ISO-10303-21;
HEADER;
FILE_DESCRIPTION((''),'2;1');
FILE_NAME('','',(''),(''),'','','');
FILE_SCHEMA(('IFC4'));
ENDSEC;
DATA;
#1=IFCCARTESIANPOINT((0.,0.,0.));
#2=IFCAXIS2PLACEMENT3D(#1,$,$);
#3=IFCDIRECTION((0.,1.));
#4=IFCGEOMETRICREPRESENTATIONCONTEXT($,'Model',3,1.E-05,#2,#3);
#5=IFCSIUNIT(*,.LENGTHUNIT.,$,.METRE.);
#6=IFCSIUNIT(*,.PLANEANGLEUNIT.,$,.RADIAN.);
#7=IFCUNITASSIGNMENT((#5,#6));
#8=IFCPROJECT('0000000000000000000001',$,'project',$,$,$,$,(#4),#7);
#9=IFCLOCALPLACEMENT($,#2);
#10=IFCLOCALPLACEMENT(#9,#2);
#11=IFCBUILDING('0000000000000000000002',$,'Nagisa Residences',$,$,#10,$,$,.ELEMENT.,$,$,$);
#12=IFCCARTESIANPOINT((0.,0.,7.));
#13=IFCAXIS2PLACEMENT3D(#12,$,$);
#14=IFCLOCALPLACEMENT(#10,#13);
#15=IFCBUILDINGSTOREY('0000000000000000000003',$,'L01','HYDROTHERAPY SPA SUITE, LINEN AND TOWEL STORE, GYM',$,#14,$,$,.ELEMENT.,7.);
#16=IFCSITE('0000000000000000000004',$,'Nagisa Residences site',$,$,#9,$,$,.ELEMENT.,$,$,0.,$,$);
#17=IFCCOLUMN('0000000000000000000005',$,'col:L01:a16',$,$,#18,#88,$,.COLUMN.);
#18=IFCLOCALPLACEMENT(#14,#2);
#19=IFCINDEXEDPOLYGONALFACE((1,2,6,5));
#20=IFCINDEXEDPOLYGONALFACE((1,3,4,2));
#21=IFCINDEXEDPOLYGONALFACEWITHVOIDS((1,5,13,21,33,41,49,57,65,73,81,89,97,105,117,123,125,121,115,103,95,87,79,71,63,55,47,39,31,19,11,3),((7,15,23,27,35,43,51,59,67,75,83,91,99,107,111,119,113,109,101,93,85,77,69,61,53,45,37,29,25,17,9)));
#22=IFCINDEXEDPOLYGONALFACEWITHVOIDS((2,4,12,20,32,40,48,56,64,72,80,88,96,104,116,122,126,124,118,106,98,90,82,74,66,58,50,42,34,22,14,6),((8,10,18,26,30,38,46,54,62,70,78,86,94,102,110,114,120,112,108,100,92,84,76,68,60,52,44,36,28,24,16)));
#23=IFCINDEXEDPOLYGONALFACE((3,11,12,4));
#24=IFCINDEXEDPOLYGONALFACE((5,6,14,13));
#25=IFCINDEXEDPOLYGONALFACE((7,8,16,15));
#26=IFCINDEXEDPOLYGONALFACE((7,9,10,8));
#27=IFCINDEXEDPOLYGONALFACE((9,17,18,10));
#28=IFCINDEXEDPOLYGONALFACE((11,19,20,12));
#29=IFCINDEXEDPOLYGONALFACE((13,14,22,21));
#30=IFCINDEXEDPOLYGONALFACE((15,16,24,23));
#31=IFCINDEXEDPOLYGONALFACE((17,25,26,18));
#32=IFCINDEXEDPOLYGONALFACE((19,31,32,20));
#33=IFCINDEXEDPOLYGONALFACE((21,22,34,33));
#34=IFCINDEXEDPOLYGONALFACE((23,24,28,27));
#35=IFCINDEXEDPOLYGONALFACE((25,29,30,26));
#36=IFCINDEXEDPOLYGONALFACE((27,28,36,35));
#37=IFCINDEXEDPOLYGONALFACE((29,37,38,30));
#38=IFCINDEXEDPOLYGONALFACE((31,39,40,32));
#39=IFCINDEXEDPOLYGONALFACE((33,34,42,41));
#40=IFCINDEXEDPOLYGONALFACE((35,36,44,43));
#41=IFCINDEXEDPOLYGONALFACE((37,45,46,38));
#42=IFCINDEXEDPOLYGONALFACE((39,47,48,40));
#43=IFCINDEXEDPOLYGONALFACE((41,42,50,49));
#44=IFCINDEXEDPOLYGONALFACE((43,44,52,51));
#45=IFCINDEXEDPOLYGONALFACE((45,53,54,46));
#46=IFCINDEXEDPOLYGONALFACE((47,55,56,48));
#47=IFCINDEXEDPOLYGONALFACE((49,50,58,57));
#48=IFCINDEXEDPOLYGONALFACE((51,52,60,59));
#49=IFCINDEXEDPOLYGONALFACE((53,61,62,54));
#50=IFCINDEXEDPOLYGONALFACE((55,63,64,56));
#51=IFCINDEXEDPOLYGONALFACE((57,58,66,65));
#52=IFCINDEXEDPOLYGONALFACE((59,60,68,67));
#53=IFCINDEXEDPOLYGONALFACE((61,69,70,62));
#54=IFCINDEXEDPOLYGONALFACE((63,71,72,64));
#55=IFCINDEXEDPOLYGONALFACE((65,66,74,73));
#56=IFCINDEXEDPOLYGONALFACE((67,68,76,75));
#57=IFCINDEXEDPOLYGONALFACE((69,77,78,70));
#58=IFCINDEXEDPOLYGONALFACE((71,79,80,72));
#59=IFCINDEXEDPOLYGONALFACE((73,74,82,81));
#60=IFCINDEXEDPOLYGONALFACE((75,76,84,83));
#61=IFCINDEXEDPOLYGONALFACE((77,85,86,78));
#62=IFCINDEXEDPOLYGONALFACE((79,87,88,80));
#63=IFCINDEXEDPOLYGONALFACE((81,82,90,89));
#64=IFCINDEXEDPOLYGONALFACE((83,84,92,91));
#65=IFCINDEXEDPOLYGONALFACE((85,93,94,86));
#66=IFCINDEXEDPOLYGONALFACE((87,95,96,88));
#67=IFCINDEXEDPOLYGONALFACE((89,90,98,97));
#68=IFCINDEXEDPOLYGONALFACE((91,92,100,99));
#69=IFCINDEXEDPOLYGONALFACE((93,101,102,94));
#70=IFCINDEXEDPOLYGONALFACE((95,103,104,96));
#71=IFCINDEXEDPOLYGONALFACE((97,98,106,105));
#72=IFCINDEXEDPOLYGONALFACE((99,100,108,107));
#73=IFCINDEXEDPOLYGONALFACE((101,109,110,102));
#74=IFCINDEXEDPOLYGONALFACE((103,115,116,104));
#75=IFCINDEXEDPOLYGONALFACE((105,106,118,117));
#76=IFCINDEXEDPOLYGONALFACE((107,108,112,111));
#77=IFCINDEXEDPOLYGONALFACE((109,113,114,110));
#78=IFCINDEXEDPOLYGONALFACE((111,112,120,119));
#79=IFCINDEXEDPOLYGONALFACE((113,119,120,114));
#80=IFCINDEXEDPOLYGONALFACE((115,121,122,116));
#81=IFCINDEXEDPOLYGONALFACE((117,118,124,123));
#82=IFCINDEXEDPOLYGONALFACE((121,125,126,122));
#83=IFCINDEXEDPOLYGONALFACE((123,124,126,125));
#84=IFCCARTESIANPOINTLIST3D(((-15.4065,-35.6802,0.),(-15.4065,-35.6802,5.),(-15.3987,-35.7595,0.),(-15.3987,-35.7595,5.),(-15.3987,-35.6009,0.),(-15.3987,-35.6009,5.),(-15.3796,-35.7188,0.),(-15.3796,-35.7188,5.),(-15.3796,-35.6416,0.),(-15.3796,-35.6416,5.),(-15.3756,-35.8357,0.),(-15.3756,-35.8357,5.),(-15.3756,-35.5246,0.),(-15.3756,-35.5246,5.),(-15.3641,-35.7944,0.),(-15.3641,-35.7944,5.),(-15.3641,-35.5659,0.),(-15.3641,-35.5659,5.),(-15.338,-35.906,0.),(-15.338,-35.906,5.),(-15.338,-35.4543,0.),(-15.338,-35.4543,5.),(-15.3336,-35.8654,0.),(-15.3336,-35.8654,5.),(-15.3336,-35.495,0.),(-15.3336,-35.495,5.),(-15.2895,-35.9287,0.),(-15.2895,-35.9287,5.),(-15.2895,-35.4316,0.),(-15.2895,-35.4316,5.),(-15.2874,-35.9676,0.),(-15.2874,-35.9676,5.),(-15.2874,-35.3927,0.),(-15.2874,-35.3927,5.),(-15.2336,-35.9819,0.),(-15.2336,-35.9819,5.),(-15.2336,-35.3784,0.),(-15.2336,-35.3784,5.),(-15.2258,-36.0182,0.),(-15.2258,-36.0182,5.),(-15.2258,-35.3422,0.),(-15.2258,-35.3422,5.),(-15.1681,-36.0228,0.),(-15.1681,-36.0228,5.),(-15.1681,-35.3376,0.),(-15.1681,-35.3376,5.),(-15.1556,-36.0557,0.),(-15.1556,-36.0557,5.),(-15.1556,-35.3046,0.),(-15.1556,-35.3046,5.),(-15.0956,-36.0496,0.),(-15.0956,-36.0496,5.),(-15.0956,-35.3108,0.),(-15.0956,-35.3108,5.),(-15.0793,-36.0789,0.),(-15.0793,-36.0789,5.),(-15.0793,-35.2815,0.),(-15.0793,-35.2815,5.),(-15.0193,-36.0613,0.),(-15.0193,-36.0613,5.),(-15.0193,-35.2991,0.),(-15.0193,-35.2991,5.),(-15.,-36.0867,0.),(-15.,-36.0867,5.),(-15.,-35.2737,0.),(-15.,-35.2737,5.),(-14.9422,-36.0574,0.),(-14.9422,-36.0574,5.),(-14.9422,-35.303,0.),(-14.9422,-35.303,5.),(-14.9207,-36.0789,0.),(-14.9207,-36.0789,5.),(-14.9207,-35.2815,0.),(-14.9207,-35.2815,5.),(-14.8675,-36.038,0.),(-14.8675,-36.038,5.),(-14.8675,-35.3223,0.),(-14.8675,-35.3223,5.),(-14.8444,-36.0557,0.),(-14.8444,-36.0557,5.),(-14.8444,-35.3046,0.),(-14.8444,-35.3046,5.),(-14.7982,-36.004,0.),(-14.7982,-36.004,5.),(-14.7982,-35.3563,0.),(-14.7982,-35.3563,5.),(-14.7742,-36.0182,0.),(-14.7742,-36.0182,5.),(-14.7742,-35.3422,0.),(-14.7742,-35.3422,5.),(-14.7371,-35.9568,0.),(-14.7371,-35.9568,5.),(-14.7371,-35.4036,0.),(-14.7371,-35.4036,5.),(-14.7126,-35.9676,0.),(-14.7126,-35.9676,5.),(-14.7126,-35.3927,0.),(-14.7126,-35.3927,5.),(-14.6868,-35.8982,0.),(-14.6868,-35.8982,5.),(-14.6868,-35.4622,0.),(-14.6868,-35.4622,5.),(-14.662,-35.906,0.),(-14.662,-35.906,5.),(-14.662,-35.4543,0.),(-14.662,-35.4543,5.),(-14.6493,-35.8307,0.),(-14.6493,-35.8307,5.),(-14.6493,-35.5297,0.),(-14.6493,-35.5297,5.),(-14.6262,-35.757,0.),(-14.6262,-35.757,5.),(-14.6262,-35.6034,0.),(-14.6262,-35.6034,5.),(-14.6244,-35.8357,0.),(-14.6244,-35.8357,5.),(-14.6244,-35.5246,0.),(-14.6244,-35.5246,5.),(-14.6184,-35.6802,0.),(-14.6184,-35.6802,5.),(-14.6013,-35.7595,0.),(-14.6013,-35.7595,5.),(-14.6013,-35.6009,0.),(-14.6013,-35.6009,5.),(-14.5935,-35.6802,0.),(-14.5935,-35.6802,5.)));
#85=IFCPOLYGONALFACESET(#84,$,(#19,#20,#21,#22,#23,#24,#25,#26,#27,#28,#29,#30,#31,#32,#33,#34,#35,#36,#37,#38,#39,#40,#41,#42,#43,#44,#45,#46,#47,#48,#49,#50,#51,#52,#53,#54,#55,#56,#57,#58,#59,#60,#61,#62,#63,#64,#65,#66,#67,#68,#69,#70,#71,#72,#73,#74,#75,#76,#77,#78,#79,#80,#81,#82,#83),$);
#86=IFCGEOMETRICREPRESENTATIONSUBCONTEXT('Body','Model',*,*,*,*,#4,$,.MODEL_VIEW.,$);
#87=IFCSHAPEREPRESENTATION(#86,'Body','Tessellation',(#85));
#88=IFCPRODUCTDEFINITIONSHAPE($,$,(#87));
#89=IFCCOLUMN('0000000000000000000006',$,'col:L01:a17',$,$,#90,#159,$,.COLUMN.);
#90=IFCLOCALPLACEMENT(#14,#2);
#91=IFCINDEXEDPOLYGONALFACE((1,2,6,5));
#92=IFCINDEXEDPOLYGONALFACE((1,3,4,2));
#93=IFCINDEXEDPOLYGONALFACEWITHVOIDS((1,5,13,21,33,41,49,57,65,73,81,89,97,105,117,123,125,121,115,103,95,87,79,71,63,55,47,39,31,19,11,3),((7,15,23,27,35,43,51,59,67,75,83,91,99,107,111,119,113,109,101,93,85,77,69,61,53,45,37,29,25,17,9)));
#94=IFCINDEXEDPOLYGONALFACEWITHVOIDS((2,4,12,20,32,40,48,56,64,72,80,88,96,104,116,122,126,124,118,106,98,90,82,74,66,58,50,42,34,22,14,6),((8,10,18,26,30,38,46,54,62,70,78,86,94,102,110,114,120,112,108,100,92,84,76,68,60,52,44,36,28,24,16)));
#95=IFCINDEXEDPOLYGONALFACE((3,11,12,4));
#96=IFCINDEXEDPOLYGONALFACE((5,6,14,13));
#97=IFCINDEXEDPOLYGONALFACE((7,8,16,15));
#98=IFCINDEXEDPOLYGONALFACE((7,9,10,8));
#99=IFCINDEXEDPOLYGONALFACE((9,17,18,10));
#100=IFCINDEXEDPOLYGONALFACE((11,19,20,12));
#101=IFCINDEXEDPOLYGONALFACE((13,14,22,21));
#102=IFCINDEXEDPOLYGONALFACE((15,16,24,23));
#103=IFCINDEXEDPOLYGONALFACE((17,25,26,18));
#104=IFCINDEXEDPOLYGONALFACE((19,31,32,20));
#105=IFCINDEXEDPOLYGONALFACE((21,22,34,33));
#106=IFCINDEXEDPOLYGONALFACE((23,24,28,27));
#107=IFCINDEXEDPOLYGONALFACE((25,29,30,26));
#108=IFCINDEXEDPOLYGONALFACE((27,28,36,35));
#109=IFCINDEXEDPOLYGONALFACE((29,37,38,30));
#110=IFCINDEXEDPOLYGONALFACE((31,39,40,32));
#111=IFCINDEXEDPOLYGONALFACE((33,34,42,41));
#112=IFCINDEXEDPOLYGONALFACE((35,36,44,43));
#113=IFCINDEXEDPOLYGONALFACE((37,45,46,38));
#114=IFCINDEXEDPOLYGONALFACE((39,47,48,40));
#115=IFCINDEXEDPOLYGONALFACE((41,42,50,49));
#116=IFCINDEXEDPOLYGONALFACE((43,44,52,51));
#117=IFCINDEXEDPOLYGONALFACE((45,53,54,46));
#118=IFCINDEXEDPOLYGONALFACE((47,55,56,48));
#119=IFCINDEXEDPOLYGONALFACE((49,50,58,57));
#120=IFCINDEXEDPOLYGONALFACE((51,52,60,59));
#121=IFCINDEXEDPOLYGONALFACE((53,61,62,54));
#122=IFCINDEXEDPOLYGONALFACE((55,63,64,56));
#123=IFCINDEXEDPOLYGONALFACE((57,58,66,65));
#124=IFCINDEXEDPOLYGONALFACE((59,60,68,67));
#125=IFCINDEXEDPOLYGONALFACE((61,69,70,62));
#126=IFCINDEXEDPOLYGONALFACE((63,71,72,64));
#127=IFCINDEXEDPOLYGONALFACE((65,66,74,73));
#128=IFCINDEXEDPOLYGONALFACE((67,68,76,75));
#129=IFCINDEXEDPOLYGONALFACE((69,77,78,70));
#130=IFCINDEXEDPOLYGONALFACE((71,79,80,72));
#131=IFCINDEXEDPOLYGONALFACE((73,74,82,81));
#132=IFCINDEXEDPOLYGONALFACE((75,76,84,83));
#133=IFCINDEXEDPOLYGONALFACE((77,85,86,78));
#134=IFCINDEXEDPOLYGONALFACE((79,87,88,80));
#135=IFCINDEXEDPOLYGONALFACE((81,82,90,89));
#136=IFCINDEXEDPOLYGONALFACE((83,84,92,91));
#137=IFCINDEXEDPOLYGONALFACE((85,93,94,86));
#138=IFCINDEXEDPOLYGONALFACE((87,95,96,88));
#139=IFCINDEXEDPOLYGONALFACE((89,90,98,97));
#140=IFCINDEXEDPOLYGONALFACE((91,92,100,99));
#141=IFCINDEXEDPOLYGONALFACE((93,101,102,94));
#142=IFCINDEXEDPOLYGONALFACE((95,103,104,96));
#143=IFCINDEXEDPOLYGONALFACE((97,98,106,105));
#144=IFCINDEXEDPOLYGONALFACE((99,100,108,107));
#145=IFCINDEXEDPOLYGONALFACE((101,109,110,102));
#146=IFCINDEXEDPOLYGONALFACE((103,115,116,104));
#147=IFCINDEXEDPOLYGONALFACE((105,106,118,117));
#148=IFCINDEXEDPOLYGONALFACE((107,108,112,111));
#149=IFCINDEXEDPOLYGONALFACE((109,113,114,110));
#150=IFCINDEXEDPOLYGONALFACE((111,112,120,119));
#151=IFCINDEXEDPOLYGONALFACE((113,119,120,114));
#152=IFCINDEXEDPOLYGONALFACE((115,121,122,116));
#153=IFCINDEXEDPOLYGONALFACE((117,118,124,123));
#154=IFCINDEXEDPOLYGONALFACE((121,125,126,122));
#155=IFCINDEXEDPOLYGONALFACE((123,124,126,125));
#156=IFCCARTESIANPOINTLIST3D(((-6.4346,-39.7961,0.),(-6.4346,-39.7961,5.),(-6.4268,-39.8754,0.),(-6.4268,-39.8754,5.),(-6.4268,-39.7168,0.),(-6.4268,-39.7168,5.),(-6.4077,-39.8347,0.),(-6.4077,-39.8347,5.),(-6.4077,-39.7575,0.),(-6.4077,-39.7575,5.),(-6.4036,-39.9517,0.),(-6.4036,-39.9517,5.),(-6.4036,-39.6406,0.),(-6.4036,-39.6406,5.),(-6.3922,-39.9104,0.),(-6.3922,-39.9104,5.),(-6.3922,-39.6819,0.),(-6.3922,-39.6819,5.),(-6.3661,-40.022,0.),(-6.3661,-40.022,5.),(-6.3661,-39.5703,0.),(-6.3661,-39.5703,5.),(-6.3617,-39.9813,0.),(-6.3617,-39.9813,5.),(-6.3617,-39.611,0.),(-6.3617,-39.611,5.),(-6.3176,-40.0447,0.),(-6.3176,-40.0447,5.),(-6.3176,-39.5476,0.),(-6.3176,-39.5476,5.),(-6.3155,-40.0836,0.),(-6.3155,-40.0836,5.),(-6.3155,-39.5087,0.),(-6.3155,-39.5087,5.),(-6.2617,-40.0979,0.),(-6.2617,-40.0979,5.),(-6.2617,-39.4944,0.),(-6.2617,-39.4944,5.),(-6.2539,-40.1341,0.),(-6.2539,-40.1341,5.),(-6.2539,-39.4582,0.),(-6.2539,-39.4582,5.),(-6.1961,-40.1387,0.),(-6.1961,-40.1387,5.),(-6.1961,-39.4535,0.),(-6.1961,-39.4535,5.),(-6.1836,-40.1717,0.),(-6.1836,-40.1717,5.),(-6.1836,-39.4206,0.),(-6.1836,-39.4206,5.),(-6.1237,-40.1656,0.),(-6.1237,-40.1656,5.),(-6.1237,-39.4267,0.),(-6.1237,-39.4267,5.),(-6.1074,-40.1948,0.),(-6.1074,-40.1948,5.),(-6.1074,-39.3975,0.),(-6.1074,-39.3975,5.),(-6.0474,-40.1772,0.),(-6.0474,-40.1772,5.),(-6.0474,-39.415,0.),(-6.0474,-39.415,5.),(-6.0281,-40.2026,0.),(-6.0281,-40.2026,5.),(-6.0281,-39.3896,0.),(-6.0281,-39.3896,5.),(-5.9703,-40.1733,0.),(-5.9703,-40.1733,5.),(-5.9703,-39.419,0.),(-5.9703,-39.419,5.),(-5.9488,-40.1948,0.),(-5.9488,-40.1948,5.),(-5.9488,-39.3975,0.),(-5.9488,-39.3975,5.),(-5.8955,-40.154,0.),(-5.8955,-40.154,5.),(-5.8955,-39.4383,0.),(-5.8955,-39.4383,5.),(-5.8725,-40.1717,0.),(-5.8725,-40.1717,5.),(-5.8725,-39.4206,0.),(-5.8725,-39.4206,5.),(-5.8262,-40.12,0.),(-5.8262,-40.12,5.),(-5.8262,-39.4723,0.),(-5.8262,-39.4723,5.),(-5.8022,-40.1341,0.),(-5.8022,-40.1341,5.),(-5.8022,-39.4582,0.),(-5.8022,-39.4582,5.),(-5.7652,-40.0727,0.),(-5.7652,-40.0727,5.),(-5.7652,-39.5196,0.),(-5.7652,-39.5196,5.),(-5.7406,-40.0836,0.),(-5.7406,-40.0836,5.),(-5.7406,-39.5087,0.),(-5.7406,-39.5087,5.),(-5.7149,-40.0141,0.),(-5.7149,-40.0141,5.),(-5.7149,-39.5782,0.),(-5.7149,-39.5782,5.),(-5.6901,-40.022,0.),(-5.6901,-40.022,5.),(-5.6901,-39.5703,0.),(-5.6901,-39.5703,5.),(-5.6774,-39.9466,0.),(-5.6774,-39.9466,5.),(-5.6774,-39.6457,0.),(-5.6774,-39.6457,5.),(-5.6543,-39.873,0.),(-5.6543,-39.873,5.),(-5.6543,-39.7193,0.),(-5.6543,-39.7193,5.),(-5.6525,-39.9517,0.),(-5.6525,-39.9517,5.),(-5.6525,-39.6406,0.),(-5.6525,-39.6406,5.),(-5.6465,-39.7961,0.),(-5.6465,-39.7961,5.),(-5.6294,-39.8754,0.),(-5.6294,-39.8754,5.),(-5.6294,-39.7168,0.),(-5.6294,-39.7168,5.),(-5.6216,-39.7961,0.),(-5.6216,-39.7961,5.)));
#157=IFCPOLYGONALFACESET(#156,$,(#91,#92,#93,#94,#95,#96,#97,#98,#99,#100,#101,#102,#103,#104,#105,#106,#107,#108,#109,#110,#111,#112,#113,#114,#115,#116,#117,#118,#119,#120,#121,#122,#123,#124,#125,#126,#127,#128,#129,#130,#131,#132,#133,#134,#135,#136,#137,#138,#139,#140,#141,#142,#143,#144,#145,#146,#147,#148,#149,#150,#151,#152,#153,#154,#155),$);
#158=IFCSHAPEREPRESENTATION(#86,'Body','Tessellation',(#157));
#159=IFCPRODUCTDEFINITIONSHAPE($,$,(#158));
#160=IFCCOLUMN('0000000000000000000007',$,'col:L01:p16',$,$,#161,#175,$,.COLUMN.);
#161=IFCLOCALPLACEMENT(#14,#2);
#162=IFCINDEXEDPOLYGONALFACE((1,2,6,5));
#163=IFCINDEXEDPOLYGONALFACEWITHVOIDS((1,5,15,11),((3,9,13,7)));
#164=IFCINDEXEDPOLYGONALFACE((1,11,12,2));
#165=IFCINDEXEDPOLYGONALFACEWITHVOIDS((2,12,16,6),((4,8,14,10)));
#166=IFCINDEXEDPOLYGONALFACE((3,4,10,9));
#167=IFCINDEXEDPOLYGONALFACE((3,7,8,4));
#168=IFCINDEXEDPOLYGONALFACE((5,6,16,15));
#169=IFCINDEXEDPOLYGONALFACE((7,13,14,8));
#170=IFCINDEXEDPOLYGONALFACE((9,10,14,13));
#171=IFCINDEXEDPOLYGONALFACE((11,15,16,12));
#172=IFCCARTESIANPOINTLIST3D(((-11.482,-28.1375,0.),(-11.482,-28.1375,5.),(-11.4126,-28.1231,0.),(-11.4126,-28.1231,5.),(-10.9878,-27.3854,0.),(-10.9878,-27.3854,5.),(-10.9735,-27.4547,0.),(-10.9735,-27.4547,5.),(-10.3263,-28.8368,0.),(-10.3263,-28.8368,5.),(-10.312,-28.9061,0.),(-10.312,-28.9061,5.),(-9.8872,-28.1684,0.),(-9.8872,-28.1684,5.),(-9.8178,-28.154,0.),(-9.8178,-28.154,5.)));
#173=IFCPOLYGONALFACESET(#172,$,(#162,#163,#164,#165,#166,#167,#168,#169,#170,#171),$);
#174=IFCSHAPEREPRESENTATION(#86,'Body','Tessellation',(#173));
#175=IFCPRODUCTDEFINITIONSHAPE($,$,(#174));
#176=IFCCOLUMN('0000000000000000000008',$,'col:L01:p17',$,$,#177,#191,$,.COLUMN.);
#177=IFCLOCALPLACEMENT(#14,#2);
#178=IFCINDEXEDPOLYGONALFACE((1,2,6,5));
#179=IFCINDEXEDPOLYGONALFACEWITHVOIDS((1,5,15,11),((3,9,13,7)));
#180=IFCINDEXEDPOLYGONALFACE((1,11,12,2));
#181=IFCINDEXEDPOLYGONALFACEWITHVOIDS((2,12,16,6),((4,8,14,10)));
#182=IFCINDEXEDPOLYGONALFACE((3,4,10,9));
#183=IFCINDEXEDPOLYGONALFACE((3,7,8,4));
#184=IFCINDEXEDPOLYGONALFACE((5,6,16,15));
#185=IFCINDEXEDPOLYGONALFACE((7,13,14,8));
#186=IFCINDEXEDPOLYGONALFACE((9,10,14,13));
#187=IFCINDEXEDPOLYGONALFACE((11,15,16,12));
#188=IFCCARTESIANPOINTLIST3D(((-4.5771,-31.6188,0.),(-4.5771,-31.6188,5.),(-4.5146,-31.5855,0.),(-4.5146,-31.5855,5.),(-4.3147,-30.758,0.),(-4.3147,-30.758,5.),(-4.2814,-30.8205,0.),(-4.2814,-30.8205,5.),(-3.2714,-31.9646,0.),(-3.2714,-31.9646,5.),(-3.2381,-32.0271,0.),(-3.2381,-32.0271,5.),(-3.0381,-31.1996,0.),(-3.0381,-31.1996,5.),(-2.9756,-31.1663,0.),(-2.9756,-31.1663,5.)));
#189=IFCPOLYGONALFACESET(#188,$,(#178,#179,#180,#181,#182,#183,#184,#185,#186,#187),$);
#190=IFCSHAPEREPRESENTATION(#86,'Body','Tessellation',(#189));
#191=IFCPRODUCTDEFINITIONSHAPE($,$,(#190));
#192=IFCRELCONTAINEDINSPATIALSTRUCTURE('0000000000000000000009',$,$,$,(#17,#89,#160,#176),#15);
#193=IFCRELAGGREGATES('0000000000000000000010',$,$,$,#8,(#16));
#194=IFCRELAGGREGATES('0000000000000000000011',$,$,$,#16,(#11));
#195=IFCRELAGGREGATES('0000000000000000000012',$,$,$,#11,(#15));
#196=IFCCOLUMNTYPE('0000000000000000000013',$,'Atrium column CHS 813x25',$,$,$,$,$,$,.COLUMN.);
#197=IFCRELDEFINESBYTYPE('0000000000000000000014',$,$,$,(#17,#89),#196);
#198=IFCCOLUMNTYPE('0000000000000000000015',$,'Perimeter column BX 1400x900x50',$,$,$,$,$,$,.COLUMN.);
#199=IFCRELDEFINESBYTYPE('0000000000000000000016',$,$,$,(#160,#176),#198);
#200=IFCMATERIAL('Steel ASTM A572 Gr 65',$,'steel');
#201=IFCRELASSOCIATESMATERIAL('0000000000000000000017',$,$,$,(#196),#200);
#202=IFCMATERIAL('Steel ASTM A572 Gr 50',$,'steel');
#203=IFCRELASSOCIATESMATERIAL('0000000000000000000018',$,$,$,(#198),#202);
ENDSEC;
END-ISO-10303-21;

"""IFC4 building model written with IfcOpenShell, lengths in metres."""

from ifc_helpers import new_model, si_unit, direction, frame, origin, origin_2d, place, context, subcontext, project, spatial, hollow_rectangle, hollow_circle, extrude, material, material_profile, profile_set, type_object, element, save


model = new_model("IFC4")

# Units and contexts
model_context = context("Model", 3, precision=1e-05, world=origin(), true_north=direction((0.0, 1.0)))
body_context = subcontext(model_context, "Body", "Model", "MODEL_VIEW")
ifc_project = project(units=[si_unit("LENGTHUNIT", "METRE"), si_unit("PLANEANGLEUNIT", "RADIAN")], contexts=[model_context])

# Site, building, storey
site_placement = place(None, origin())
site = spatial("IfcSite", under=ifc_project, at=site_placement, Name="Nagisa Residences site", CompositionType="ELEMENT", RefElevation=0.0)
building_placement = place(site_placement, origin())
building = spatial("IfcBuilding", under=site, at=building_placement, Name="Nagisa Residences", CompositionType="ELEMENT")
storey_placement = place(building_placement, frame((0.0, 0.0, 7.0)))
storey = spatial("IfcBuildingStorey", under=building, at=storey_placement, Name="L01", Description="HYDROTHERAPY SPA SUITE, LINEN AND TOWEL STORE, GYM", CompositionType="ELEMENT", Elevation=7.0)

# Columns
ifc_material_1 = material(Name="Steel ASTM A572 Gr 65", Category="steel")
ifc_material_profile_1 = material_profile(ifc_material_1, hollow_circle(Radius=0.4065, WallThickness=0.0249, at=origin_2d()), Name="CHS 813x25")
ifc_profile_set_1 = profile_set([ifc_material_profile_1], Name="Steel ASTM A572 Gr 65")
column_type_1 = type_object("IfcColumnType", Name="Atrium column CHS 813x25", PredefinedType="COLUMN", material=ifc_profile_set_1)
for number, where, z_axis, x_axis, name in (
    (1, (-15.0, -35.6802, 0.0), (0.0, 0.0, 1.0), (1.0, 0.0, 0.0), "col:L01:a16"),
    (2, (-6.0281, -39.7961, 0.0), (0.0, 0.0, 1.0), (1.0, 0.0, 0.0), "col:L01:a17"),
):
    element("IfcColumn", number, at=place(storey_placement, frame(where, z_axis=z_axis, x_axis=x_axis)), inside=storey, type_object=column_type_1, Name=name, PredefinedType="COLUMN", context=body_context, shape_type="SweptSolid", body=[
        extrude(hollow_circle(Radius=0.4065, WallThickness=0.0249, at=origin_2d()), origin(), (0.0, 0.0, 1.0), 5.0),
    ])
ifc_material_2 = material(Name="Steel ASTM A572 Gr 50", Category="steel")
ifc_material_profile_2 = material_profile(ifc_material_2, hollow_rectangle(XDim=1.3999, YDim=0.8999, WallThickness=0.05, at=origin_2d()), Name="BX 1400x900x50")
ifc_profile_set_2 = profile_set([ifc_material_profile_2], Name="Steel ASTM A572 Gr 50")
column_type_2 = type_object("IfcColumnType", Name="Perimeter column BX 1400x900x50", PredefinedType="COLUMN", material=ifc_profile_set_2)
for number, where, z_axis, x_axis, name in (
    (3, (-10.6499, -28.1458, 0.0), (0.0, 0.0, 1.0), (0.835766, -0.549086, 0.0), "col:L01:p16"),
    (4, (-3.7764, -31.3926, 0.0), (0.0, 0.0, 1.0), (0.956525, -0.291652, 0.0), "col:L01:p17"),
):
    element("IfcColumn", number, at=place(storey_placement, frame(where, z_axis=z_axis, x_axis=x_axis)), inside=storey, type_object=column_type_2, Name=name, PredefinedType="COLUMN", context=body_context, shape_type="SweptSolid", body=[
        extrude(hollow_rectangle(XDim=1.3999, YDim=0.8999, WallThickness=0.05, at=origin_2d()), origin(), (0.0, 0.0, 1.0), 5.0),
    ])

save(model, "model.ifc")
